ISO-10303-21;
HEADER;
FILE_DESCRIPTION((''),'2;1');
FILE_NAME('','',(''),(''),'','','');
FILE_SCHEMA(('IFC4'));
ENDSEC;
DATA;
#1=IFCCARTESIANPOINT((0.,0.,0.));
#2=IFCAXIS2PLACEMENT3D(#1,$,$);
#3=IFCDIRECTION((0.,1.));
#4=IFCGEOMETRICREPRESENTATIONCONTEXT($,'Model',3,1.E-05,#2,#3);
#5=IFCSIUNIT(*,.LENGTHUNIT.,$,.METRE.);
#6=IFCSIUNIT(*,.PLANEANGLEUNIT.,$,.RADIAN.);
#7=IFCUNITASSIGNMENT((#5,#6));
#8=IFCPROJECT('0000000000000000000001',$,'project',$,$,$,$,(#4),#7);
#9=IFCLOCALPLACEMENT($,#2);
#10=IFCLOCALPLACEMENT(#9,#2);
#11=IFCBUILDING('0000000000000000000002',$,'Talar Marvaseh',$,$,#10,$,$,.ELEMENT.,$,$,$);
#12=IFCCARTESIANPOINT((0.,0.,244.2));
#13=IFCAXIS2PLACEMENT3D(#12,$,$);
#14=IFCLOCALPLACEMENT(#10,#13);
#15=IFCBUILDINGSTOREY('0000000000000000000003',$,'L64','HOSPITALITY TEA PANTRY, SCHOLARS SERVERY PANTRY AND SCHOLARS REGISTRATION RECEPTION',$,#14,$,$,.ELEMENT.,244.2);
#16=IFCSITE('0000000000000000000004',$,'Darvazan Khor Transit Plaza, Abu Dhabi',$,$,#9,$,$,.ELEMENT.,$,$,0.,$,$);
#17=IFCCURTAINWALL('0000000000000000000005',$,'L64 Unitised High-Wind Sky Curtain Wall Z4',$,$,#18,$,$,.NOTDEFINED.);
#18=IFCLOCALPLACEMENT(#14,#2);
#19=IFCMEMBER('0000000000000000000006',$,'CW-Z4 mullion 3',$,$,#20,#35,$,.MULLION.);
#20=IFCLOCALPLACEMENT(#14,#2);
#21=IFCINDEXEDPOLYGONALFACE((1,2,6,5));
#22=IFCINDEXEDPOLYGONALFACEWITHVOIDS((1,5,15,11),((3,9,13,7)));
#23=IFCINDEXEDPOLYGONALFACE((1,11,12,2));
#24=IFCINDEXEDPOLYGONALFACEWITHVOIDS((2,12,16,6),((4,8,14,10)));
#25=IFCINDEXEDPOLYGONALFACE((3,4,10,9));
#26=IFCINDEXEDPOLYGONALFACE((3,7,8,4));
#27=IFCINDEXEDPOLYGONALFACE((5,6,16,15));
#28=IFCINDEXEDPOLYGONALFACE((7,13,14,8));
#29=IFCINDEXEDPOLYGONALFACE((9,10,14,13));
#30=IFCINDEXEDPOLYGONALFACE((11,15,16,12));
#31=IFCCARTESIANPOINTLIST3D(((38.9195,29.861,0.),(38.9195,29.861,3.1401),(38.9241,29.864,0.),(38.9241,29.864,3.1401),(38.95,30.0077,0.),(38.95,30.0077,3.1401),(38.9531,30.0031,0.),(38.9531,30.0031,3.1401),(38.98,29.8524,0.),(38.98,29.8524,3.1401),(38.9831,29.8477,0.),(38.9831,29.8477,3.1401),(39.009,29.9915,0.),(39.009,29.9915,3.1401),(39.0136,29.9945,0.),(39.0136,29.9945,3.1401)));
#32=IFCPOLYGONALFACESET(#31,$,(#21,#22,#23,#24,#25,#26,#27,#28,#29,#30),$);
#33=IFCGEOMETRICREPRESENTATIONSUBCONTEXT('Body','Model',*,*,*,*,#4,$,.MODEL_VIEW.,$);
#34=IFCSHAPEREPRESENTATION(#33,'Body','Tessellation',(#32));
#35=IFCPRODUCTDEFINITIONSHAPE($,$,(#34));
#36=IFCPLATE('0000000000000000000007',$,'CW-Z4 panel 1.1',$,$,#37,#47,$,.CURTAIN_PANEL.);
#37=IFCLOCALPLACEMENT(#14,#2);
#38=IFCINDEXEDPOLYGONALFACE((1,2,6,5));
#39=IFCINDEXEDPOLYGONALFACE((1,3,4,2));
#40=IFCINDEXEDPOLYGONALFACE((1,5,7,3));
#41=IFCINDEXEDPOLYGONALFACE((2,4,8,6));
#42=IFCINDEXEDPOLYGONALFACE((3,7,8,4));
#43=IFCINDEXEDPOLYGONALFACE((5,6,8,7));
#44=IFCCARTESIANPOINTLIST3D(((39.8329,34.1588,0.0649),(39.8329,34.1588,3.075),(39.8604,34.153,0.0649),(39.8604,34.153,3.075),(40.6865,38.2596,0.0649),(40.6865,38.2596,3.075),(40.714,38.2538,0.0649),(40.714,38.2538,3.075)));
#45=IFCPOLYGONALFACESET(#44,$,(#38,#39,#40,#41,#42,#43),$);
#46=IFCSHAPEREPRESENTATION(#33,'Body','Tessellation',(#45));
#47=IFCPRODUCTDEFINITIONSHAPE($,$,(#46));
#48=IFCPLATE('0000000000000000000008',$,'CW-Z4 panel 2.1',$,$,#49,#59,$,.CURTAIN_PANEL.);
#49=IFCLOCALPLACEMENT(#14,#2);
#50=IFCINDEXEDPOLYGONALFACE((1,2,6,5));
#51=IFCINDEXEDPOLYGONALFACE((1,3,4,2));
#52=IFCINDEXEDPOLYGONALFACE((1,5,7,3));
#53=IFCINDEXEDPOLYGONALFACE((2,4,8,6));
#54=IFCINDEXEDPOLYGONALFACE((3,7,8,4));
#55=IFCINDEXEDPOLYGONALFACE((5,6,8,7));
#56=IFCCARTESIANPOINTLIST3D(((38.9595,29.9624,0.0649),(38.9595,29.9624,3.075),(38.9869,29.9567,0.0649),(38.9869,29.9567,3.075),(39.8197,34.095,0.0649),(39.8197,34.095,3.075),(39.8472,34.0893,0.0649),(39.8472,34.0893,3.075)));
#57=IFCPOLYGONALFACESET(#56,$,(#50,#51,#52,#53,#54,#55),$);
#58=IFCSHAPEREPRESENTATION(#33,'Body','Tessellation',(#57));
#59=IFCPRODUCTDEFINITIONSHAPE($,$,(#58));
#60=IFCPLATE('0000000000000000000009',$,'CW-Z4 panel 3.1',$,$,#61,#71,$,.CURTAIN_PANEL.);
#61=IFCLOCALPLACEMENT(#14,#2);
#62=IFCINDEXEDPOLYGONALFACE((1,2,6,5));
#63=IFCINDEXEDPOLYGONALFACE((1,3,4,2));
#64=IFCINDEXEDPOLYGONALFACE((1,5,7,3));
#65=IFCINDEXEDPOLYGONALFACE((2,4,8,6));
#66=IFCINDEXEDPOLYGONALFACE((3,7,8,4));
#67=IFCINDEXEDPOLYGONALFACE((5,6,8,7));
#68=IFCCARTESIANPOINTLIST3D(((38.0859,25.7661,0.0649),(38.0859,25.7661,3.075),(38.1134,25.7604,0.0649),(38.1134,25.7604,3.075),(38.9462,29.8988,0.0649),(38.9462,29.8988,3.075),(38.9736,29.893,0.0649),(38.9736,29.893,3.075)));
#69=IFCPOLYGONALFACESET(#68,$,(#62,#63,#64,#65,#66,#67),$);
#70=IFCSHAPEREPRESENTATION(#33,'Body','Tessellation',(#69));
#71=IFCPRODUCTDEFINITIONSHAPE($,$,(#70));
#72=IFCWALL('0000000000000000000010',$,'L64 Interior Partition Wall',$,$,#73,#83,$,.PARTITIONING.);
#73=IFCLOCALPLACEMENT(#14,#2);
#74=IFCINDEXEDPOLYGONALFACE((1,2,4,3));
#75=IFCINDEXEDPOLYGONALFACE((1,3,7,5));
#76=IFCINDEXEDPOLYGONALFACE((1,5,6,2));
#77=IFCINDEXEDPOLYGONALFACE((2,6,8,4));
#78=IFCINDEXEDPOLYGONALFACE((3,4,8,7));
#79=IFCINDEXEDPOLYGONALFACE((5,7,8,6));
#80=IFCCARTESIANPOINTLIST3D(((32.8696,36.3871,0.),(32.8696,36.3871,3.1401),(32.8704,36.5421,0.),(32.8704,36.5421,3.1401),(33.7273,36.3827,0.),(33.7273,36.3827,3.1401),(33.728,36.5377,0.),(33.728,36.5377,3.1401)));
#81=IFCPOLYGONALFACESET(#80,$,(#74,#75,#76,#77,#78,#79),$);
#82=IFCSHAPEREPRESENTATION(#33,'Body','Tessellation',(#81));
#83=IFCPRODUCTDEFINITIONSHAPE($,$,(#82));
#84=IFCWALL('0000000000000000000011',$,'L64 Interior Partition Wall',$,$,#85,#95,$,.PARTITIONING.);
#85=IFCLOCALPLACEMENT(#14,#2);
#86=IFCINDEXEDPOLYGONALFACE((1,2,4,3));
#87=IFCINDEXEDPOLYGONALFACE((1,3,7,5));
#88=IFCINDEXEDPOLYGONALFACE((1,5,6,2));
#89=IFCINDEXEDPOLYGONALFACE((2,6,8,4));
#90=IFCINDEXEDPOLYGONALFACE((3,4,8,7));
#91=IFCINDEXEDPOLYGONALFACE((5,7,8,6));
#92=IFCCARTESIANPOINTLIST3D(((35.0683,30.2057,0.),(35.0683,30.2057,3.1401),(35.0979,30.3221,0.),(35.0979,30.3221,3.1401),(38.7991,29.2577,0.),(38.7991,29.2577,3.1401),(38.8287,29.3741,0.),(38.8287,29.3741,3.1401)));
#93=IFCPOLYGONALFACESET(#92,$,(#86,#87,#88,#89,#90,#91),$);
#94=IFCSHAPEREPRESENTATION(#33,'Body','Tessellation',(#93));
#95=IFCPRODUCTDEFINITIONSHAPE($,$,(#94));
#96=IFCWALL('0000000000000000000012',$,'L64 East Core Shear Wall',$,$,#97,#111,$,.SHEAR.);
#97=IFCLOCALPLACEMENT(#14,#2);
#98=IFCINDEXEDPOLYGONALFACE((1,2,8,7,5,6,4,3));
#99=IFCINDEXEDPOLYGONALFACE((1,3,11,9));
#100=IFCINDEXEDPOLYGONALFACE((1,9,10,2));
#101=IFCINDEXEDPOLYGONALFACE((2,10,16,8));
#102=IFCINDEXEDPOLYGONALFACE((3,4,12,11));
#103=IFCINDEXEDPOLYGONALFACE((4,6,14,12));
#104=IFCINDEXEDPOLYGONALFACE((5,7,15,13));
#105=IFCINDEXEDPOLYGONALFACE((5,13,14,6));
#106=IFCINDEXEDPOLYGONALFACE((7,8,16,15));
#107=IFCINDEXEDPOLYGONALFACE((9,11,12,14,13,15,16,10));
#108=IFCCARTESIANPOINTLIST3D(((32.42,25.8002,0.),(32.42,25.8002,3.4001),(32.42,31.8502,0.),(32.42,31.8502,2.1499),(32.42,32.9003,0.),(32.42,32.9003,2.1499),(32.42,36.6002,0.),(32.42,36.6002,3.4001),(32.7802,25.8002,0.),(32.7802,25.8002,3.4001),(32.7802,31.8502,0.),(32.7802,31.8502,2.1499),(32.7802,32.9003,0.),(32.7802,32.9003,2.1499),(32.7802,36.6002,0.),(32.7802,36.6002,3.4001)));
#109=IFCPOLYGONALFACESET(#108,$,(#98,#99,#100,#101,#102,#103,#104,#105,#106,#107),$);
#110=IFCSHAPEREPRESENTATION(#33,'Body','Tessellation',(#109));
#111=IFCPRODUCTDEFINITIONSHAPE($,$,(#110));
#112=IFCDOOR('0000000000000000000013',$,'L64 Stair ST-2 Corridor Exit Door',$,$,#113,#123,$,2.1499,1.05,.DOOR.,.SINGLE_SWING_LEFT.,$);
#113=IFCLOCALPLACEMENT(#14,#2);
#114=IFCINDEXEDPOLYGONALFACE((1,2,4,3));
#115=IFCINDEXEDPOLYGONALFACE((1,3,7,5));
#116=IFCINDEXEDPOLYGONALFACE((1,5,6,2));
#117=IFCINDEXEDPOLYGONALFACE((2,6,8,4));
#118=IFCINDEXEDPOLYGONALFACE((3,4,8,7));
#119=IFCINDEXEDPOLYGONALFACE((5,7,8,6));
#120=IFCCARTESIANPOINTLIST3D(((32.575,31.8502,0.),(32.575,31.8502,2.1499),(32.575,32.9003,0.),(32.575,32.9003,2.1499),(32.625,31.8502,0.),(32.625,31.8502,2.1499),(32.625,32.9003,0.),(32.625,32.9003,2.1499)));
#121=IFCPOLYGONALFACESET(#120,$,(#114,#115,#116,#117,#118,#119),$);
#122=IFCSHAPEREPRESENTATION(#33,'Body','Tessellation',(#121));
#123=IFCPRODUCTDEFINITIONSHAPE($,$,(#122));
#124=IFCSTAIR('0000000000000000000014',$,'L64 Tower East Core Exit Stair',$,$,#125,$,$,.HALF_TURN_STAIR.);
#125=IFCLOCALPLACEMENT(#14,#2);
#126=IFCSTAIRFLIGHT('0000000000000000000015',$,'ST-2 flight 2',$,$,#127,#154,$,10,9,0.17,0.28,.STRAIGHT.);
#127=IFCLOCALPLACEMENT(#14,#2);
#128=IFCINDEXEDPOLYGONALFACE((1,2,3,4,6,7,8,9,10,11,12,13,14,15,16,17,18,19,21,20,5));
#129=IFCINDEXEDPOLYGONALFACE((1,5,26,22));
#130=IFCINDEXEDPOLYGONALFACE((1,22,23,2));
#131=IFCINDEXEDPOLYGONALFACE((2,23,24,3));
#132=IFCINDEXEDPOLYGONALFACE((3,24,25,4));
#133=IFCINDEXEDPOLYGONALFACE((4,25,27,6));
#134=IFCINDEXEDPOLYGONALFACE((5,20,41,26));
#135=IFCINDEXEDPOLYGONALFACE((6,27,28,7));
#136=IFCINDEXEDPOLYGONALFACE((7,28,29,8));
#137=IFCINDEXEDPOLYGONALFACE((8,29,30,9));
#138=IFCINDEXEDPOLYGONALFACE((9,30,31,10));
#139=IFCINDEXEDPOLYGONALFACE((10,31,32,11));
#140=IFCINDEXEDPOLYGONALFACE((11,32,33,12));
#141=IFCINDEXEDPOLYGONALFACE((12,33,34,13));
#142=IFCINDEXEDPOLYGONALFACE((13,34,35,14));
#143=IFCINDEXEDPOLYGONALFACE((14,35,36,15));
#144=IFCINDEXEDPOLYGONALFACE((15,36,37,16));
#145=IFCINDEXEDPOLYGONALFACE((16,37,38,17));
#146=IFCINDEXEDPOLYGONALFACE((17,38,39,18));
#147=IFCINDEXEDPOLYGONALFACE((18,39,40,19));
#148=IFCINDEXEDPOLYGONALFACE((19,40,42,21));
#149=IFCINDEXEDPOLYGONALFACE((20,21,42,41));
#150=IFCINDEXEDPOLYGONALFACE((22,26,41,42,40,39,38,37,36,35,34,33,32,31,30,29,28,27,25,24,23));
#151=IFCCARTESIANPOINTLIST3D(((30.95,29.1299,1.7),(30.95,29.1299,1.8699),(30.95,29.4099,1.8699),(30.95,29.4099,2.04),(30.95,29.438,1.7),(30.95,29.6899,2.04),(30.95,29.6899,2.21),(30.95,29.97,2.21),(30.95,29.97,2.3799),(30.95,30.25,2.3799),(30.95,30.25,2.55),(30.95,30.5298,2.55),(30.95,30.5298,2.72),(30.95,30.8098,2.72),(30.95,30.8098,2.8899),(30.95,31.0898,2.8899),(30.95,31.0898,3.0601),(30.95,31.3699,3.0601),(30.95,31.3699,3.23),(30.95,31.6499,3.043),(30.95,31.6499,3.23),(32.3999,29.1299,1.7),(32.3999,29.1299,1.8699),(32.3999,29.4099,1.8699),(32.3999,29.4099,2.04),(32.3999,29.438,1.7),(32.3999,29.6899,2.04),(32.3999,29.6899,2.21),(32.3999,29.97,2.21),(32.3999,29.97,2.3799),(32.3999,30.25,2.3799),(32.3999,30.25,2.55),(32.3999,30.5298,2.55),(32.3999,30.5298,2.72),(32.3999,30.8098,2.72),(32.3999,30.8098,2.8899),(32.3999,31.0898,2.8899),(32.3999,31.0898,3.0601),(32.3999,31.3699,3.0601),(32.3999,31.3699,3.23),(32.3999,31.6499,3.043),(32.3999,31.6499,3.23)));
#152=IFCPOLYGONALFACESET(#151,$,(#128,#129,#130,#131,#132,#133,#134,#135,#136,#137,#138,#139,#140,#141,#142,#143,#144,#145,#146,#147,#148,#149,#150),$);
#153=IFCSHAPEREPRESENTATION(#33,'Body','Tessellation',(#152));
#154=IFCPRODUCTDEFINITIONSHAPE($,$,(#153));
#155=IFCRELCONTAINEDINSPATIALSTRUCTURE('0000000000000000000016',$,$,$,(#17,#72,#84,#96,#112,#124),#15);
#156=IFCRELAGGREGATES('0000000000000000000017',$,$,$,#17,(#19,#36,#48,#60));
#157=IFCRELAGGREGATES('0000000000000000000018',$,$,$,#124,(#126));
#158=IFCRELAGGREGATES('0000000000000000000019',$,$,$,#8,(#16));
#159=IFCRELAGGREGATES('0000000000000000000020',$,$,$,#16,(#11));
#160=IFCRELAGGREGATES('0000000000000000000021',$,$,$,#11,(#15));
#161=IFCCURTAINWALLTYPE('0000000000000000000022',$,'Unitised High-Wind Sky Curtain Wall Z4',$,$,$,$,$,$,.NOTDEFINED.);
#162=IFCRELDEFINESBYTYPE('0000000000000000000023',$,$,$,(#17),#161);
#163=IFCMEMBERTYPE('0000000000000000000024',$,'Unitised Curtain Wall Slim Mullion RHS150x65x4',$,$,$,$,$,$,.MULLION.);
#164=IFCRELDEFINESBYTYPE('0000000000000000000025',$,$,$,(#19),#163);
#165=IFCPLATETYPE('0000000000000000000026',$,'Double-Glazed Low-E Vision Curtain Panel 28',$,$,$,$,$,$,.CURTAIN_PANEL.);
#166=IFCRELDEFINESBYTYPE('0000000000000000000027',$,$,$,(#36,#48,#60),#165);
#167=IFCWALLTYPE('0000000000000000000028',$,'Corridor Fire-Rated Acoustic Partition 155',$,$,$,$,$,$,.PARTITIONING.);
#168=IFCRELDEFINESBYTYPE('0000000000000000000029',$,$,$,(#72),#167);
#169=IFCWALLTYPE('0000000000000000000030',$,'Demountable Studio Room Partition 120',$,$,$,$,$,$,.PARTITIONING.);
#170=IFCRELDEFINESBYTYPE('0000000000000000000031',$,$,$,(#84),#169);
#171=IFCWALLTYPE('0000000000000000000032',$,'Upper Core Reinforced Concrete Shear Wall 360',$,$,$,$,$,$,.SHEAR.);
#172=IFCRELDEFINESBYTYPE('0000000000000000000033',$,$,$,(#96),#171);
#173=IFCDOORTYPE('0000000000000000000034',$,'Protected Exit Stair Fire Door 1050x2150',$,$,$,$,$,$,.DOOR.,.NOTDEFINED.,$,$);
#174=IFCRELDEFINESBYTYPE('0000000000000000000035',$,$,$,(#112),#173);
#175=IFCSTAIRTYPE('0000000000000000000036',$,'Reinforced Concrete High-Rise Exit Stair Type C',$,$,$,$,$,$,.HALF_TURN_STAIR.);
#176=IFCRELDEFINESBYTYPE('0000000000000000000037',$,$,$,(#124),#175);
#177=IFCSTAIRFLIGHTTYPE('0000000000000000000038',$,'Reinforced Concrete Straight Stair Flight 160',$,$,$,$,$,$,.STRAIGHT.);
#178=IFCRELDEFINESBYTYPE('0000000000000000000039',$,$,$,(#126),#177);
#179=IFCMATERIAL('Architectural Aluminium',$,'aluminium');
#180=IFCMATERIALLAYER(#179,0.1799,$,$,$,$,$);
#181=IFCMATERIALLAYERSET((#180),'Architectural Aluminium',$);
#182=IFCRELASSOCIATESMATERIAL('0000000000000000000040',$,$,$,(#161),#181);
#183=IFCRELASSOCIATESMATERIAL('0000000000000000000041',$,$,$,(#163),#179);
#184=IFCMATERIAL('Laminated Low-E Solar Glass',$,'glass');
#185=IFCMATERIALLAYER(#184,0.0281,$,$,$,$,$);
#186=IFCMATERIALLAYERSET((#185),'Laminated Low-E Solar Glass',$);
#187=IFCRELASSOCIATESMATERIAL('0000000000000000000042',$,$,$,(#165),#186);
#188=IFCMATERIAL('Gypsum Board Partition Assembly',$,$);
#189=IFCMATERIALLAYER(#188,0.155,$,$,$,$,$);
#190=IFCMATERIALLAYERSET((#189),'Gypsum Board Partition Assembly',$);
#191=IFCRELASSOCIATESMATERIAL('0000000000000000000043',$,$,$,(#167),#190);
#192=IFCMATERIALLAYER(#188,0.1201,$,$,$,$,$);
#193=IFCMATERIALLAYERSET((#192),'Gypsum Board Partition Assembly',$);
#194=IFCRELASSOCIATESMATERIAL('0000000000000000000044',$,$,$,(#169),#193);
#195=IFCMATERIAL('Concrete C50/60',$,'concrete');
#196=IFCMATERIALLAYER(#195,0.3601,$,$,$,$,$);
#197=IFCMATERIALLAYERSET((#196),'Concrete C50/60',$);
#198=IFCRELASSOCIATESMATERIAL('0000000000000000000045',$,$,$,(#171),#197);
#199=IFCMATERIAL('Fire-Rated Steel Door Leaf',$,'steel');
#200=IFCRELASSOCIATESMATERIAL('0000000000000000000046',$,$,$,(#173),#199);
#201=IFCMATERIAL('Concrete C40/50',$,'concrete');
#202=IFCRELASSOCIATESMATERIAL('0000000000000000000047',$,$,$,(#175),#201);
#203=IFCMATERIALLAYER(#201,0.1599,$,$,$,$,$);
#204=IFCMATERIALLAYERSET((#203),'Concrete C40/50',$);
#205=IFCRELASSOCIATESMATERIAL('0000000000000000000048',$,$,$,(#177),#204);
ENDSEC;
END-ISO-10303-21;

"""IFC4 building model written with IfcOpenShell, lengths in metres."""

from ifc_helpers import new_model, si_unit, direction, frame, frame_2d, origin, origin_2d, place, context, subcontext, project, spatial, polyline, rectangle, hollow_rectangle, outline, extrude, source, transform, mapped, material, layer, layer_set, material_profile, profile_set, type_object, type_shapes, element, fill, aggregate, save


model = new_model("IFC4")

# Units and contexts
model_context = context("Model", 3, precision=1e-05, world=origin(), true_north=direction((0.0, 1.0)))
body_context = subcontext(model_context, "Body", "Model", "MODEL_VIEW")
ifc_project = project(units=[si_unit("LENGTHUNIT", "METRE"), si_unit("PLANEANGLEUNIT", "RADIAN")], contexts=[model_context])

# Site, building, storey
site_placement = place(None, origin())
site = spatial("IfcSite", under=ifc_project, at=site_placement, Name="Darvazan Khor Transit Plaza, Abu Dhabi", CompositionType="ELEMENT", RefElevation=0.0)
building_placement = place(site_placement, origin())
building = spatial("IfcBuilding", under=site, at=building_placement, Name="Talar Marvaseh", CompositionType="ELEMENT")
storey_placement = place(building_placement, frame((0.0, 0.0, 244.2)))
storey = spatial("IfcBuildingStorey", under=building, at=storey_placement, Name="L64", Description="HOSPITALITY TEA PANTRY, SCHOLARS SERVERY PANTRY AND SCHOLARS REGISTRATION RECEPTION", CompositionType="ELEMENT", Elevation=244.2)

# Shared definitions
ifc_material_1 = material(Name="Concrete C50/60", Category="concrete")

# Curtain wall, member, plates
ifc_material_2 = material(Name="Architectural Aluminium", Category="aluminium")
ifc_layer_1 = layer(ifc_material_2, 0.1799)
ifc_layer_set_1 = layer_set([ifc_layer_1], Name="Architectural Aluminium")
curtain_wall_type = type_object("IfcCurtainWallType", Name="Unitised High-Wind Sky Curtain Wall Z4", PredefinedType="NOTDEFINED", material=ifc_layer_set_1)
curtain_wall_placement = place(storey_placement, origin())
curtain_wall = element("IfcCurtainWall", 1, at=curtain_wall_placement, inside=storey, type_object=curtain_wall_type, Name="L64 Unitised High-Wind Sky Curtain Wall Z4", PredefinedType="NOTDEFINED")
ifc_material_profile_1 = material_profile(ifc_material_2, hollow_rectangle(XDim=0.0649, YDim=0.1499, WallThickness=0.0039, at=origin_2d()), Name="RHS150x65x4")
ifc_profile_set_1 = profile_set([ifc_material_profile_1], Name="Architectural Aluminium")
member_type_1 = type_object("IfcMemberType", Name="Unitised Curtain Wall Slim Mullion RHS150x65x4", PredefinedType="MULLION", material=ifc_profile_set_1)
shared_shape_1 = source(origin(), body_context, "Body", "SweptSolid", [
    extrude(hollow_rectangle(XDim=0.0649, YDim=0.1499, WallThickness=0.0039, at=origin_2d()), origin(), (0.0, 0.0, 1.0), 3.1401),
])
type_shapes(member_type_1, [shared_shape_1])
member_1_placement = place(storey_placement, frame((38.9666, 29.9277, 0.0), z_axis=(0.0, 0.0, 1.0), x_axis=(0.979014, -0.203791, 0.0)))
member_1 = element("IfcMember", 2, at=member_1_placement, type_object=member_type_1, Name="CW-Z4 mullion 3", PredefinedType="MULLION", context=body_context, shape_type="MappedRepresentation", body=[
    mapped(shared_shape_1, transform((0.0, 0.0, 0.0), x_axis=(1.0, 0.0, 0.0), y_axis=(0.0, 1.0, 0.0), z_axis=(0.0, 0.0, 1.0), scale=1.0)),
])
ifc_material_3 = material(Name="Laminated Low-E Solar Glass", Category="glass")
ifc_layer_2 = layer(ifc_material_3, 0.0281)
ifc_layer_set_2 = layer_set([ifc_layer_2], Name="Laminated Low-E Solar Glass")
plate_type = type_object("IfcPlateType", Name="Double-Glazed Low-E Vision Curtain Panel 28", PredefinedType="CURTAIN_PANEL", material=ifc_layer_set_2)
shared_shape_2 = source(origin(), body_context, "Body", "SweptSolid", [
    extrude(rectangle(XDim=4.1887, YDim=0.0281, at=origin_2d()), origin(), (0.0, 0.0, 1.0), 3.01),
])
plate_1_placement = place(storey_placement, frame((40.2734, 36.2063, 0.0649), z_axis=(0.0, 0.0, 1.0), x_axis=(-0.203791, -0.979014, 0.0)))
plate_1 = element("IfcPlate", 3, at=plate_1_placement, type_object=plate_type, Name="CW-Z4 panel 1.1", PredefinedType="CURTAIN_PANEL", context=body_context, shape_type="MappedRepresentation", body=[
    mapped(shared_shape_2, transform((0.0, 0.0, 0.0), x_axis=(1.0, 0.0, 0.0), y_axis=(0.0, 1.0, 0.0), z_axis=(0.0, 0.0, 1.0), scale=1.0)),
])
shared_shape_3 = source(origin(), body_context, "Body", "SweptSolid", [
    extrude(rectangle(XDim=4.2212, YDim=0.0281, at=origin_2d()), origin(), (0.0, 0.0, 1.0), 3.01),
])
type_shapes(plate_type, [shared_shape_2, shared_shape_3])
plate_2_placement = place(storey_placement, frame((39.4033, 32.0259, 0.0649), z_axis=(0.0, 0.0, 1.0), x_axis=(-0.203791, -0.979014, 0.0)))
plate_2 = element("IfcPlate", 4, at=plate_2_placement, type_object=plate_type, Name="CW-Z4 panel 2.1", PredefinedType="CURTAIN_PANEL", context=body_context, shape_type="MappedRepresentation", body=[
    mapped(shared_shape_3, transform((0.0, 0.0, 0.0), x_axis=(1.0, 0.0, 0.0), y_axis=(0.0, 1.0, 0.0), z_axis=(0.0, 0.0, 1.0), scale=1.0)),
])
plate_3_placement = place(storey_placement, frame((38.5298, 27.8296, 0.0649), z_axis=(0.0, 0.0, 1.0), x_axis=(-0.203791, -0.979014, 0.0)))
plate_3 = element("IfcPlate", 5, at=plate_3_placement, type_object=plate_type, Name="CW-Z4 panel 3.1", PredefinedType="CURTAIN_PANEL", context=body_context, shape_type="MappedRepresentation", body=[
    mapped(shared_shape_3, transform((0.0, 0.0, 0.0), x_axis=(1.0, 0.0, 0.0), y_axis=(0.0, 1.0, 0.0), z_axis=(0.0, 0.0, 1.0), scale=1.0)),
])
aggregate(curtain_wall, [member_1, plate_1, plate_2, plate_3])

# Walls
ifc_material_4 = material(Name="Gypsum Board Partition Assembly")
ifc_layer_3 = layer(ifc_material_4, 0.155)
ifc_layer_set_3 = layer_set([ifc_layer_3], Name="Gypsum Board Partition Assembly")
wall_type_1 = type_object("IfcWallType", Name="Corridor Fire-Rated Acoustic Partition 155", PredefinedType="PARTITIONING", material=ifc_layer_set_3)
wall_1_placement = place(storey_placement, frame((32.8701, 36.4646, 0.0), z_axis=(0.0, 0.0, 1.0), x_axis=(0.999987, -0.005124, 0.0)))
element("IfcWall", 6, at=wall_1_placement, inside=storey, type_object=wall_type_1, Name="L64 Interior Partition Wall", PredefinedType="PARTITIONING", context=body_context, shape_type="SweptSolid", body=[
    extrude(rectangle(XDim=0.8577, YDim=0.155, at=frame_2d((0.4287, 0.0))), origin(), (0.0, 0.0, 1.0), 3.1401),
])
ifc_layer_4 = layer(ifc_material_4, 0.1201)
ifc_layer_set_4 = layer_set([ifc_layer_4], Name="Gypsum Board Partition Assembly")
wall_type_2 = type_object("IfcWallType", Name="Demountable Studio Room Partition 120", PredefinedType="PARTITIONING", material=ifc_layer_set_4)
wall_2_placement = place(storey_placement, frame((35.083, 30.2639, 0.0), z_axis=(0.0, 0.0, 1.0), x_axis=(0.969199, -0.24628, 0.0)))
element("IfcWall", 7, at=wall_2_placement, inside=storey, type_object=wall_type_2, Name="L64 Interior Partition Wall", PredefinedType="PARTITIONING", context=body_context, shape_type="SweptSolid", body=[
    extrude(rectangle(XDim=3.8494, YDim=0.1201, at=frame_2d((1.9248, 0.0))), origin(), (0.0, 0.0, 1.0), 3.1401),
])

# Wall, opening, door
ifc_layer_5 = layer(ifc_material_1, 0.3601)
ifc_layer_set_5 = layer_set([ifc_layer_5], Name="Concrete C50/60")
wall_type_3 = type_object("IfcWallType", Name="Upper Core Reinforced Concrete Shear Wall 360", PredefinedType="SHEAR", material=ifc_layer_set_5)
wall_3_placement = place(storey_placement, frame((32.6001, 36.6001, 0.0), z_axis=(0.0, 0.0, 1.0), x_axis=(0.0, -1.0, 0.0)))
wall_3 = element("IfcWall", 8, at=wall_3_placement, inside=storey, type_object=wall_type_3, Name="L64 East Core Shear Wall", PredefinedType="SHEAR", context=body_context, shape_type="SweptSolid", body=[
    extrude(rectangle(XDim=10.8, YDim=0.3601, at=frame_2d((5.3999, 0.0))), origin(), (0.0, 0.0, 1.0), 3.4001),
])
opening_placement = place(wall_3_placement, frame((3.7, 0.0, 0.0)))
opening = element("IfcOpeningElement", 9, at=opening_placement, cuts=wall_3, PredefinedType="OPENING", context=body_context, shape_type="SweptSolid", body=[
    extrude(rectangle(XDim=1.05, YDim=2.1499, at=frame_2d((0.5249, 1.075))), frame((0.0, 0.1899, 0.0), z_axis=(0.0, -1.0, 0.0), x_axis=(1.0, 0.0, 0.0)), (0.0, 0.0, 1.0), 0.3801),
])
ifc_material_5 = material(Name="Fire-Rated Steel Door Leaf", Category="steel")
door_type = type_object("IfcDoorType", Name="Protected Exit Stair Fire Door 1050x2150", OperationType="NOTDEFINED", PredefinedType="DOOR", material=ifc_material_5)
shared_shape_4 = source(origin(), body_context, "Body", "SweptSolid", [
    extrude(rectangle(XDim=1.05, YDim=2.1499, at=frame_2d((0.5249, 1.075))), frame((0.0, 0.0249, 0.0), z_axis=(0.0, -1.0, 0.0), x_axis=(1.0, 0.0, 0.0)), (0.0, 0.0, 1.0), 0.05),
])
type_shapes(door_type, [shared_shape_4])
door_placement = place(opening_placement, origin())
door = element("IfcDoor", 10, at=door_placement, inside=storey, type_object=door_type, Name="L64 Stair ST-2 Corridor Exit Door", OperationType="SINGLE_SWING_LEFT", OverallHeight=2.1499, OverallWidth=1.05, PredefinedType="DOOR", context=body_context, shape_type="MappedRepresentation", body=[
    mapped(shared_shape_4, transform((0.0, 0.0, 0.0), x_axis=(1.0, 0.0, 0.0), y_axis=(0.0, 1.0, 0.0), z_axis=(0.0, 0.0, 1.0), scale=1.0)),
])
fill(opening, door)

# Stair, stair flight
ifc_material_6 = material(Name="Concrete C40/50", Category="concrete")
stair_type = type_object("IfcStairType", Name="Reinforced Concrete High-Rise Exit Stair Type C", PredefinedType="HALF_TURN_STAIR", material=ifc_material_6)
stair_placement = place(storey_placement, origin())
stair = element("IfcStair", 11, at=stair_placement, inside=storey, type_object=stair_type, Name="L64 Tower East Core Exit Stair", PredefinedType="HALF_TURN_STAIR")
ifc_layer_6 = layer(ifc_material_6, 0.1599)
ifc_layer_set_6 = layer_set([ifc_layer_6], Name="Concrete C40/50")
stair_flight_type = type_object("IfcStairFlightType", Name="Reinforced Concrete Straight Stair Flight 160", PredefinedType="STRAIGHT", material=ifc_layer_set_6)
stair_flight_placement = place(storey_placement, frame((31.675, 29.1299, 1.7), z_axis=(0.0, 0.0, 1.0), x_axis=(0.0, 1.0, 0.0)))
stair_flight = element("IfcStairFlight", 12, at=stair_flight_placement, type_object=stair_flight_type, Name="ST-2 flight 2", NumberOfRisers=10, NumberOfTreads=9, PredefinedType="STRAIGHT", RiserHeight=0.17, TreadLength=0.28, context=body_context, shape_type="SweptSolid", body=[
    extrude(outline(polyline([(0.0, 0.0), (0.0, 0.1699), (0.28, 0.1699), (0.28, 0.3401), (0.5601, 0.3401), (0.5601, 0.51), (0.8401, 0.51), (0.8401, 0.6799), (1.1201, 0.6799), (1.1201, 0.8501), (1.3999, 0.8501), (1.3999, 1.02), (1.6799, 1.02), (1.6799, 1.1899), (1.96, 1.1899), (1.96, 1.3601), (2.24, 1.3601), (2.24, 1.53), (2.52, 1.53), (2.52, 1.7), (2.52, 1.343), (0.3081, 0.0), (0.0, 0.0)])), frame((0.0, 0.7251, 0.0), z_axis=(0.0, -1.0, 0.0), x_axis=(1.0, 0.0, 0.0)), (0.0, 0.0, 1.0), 1.45),
])
aggregate(stair, [stair_flight])

save(model, "model.ifc")
